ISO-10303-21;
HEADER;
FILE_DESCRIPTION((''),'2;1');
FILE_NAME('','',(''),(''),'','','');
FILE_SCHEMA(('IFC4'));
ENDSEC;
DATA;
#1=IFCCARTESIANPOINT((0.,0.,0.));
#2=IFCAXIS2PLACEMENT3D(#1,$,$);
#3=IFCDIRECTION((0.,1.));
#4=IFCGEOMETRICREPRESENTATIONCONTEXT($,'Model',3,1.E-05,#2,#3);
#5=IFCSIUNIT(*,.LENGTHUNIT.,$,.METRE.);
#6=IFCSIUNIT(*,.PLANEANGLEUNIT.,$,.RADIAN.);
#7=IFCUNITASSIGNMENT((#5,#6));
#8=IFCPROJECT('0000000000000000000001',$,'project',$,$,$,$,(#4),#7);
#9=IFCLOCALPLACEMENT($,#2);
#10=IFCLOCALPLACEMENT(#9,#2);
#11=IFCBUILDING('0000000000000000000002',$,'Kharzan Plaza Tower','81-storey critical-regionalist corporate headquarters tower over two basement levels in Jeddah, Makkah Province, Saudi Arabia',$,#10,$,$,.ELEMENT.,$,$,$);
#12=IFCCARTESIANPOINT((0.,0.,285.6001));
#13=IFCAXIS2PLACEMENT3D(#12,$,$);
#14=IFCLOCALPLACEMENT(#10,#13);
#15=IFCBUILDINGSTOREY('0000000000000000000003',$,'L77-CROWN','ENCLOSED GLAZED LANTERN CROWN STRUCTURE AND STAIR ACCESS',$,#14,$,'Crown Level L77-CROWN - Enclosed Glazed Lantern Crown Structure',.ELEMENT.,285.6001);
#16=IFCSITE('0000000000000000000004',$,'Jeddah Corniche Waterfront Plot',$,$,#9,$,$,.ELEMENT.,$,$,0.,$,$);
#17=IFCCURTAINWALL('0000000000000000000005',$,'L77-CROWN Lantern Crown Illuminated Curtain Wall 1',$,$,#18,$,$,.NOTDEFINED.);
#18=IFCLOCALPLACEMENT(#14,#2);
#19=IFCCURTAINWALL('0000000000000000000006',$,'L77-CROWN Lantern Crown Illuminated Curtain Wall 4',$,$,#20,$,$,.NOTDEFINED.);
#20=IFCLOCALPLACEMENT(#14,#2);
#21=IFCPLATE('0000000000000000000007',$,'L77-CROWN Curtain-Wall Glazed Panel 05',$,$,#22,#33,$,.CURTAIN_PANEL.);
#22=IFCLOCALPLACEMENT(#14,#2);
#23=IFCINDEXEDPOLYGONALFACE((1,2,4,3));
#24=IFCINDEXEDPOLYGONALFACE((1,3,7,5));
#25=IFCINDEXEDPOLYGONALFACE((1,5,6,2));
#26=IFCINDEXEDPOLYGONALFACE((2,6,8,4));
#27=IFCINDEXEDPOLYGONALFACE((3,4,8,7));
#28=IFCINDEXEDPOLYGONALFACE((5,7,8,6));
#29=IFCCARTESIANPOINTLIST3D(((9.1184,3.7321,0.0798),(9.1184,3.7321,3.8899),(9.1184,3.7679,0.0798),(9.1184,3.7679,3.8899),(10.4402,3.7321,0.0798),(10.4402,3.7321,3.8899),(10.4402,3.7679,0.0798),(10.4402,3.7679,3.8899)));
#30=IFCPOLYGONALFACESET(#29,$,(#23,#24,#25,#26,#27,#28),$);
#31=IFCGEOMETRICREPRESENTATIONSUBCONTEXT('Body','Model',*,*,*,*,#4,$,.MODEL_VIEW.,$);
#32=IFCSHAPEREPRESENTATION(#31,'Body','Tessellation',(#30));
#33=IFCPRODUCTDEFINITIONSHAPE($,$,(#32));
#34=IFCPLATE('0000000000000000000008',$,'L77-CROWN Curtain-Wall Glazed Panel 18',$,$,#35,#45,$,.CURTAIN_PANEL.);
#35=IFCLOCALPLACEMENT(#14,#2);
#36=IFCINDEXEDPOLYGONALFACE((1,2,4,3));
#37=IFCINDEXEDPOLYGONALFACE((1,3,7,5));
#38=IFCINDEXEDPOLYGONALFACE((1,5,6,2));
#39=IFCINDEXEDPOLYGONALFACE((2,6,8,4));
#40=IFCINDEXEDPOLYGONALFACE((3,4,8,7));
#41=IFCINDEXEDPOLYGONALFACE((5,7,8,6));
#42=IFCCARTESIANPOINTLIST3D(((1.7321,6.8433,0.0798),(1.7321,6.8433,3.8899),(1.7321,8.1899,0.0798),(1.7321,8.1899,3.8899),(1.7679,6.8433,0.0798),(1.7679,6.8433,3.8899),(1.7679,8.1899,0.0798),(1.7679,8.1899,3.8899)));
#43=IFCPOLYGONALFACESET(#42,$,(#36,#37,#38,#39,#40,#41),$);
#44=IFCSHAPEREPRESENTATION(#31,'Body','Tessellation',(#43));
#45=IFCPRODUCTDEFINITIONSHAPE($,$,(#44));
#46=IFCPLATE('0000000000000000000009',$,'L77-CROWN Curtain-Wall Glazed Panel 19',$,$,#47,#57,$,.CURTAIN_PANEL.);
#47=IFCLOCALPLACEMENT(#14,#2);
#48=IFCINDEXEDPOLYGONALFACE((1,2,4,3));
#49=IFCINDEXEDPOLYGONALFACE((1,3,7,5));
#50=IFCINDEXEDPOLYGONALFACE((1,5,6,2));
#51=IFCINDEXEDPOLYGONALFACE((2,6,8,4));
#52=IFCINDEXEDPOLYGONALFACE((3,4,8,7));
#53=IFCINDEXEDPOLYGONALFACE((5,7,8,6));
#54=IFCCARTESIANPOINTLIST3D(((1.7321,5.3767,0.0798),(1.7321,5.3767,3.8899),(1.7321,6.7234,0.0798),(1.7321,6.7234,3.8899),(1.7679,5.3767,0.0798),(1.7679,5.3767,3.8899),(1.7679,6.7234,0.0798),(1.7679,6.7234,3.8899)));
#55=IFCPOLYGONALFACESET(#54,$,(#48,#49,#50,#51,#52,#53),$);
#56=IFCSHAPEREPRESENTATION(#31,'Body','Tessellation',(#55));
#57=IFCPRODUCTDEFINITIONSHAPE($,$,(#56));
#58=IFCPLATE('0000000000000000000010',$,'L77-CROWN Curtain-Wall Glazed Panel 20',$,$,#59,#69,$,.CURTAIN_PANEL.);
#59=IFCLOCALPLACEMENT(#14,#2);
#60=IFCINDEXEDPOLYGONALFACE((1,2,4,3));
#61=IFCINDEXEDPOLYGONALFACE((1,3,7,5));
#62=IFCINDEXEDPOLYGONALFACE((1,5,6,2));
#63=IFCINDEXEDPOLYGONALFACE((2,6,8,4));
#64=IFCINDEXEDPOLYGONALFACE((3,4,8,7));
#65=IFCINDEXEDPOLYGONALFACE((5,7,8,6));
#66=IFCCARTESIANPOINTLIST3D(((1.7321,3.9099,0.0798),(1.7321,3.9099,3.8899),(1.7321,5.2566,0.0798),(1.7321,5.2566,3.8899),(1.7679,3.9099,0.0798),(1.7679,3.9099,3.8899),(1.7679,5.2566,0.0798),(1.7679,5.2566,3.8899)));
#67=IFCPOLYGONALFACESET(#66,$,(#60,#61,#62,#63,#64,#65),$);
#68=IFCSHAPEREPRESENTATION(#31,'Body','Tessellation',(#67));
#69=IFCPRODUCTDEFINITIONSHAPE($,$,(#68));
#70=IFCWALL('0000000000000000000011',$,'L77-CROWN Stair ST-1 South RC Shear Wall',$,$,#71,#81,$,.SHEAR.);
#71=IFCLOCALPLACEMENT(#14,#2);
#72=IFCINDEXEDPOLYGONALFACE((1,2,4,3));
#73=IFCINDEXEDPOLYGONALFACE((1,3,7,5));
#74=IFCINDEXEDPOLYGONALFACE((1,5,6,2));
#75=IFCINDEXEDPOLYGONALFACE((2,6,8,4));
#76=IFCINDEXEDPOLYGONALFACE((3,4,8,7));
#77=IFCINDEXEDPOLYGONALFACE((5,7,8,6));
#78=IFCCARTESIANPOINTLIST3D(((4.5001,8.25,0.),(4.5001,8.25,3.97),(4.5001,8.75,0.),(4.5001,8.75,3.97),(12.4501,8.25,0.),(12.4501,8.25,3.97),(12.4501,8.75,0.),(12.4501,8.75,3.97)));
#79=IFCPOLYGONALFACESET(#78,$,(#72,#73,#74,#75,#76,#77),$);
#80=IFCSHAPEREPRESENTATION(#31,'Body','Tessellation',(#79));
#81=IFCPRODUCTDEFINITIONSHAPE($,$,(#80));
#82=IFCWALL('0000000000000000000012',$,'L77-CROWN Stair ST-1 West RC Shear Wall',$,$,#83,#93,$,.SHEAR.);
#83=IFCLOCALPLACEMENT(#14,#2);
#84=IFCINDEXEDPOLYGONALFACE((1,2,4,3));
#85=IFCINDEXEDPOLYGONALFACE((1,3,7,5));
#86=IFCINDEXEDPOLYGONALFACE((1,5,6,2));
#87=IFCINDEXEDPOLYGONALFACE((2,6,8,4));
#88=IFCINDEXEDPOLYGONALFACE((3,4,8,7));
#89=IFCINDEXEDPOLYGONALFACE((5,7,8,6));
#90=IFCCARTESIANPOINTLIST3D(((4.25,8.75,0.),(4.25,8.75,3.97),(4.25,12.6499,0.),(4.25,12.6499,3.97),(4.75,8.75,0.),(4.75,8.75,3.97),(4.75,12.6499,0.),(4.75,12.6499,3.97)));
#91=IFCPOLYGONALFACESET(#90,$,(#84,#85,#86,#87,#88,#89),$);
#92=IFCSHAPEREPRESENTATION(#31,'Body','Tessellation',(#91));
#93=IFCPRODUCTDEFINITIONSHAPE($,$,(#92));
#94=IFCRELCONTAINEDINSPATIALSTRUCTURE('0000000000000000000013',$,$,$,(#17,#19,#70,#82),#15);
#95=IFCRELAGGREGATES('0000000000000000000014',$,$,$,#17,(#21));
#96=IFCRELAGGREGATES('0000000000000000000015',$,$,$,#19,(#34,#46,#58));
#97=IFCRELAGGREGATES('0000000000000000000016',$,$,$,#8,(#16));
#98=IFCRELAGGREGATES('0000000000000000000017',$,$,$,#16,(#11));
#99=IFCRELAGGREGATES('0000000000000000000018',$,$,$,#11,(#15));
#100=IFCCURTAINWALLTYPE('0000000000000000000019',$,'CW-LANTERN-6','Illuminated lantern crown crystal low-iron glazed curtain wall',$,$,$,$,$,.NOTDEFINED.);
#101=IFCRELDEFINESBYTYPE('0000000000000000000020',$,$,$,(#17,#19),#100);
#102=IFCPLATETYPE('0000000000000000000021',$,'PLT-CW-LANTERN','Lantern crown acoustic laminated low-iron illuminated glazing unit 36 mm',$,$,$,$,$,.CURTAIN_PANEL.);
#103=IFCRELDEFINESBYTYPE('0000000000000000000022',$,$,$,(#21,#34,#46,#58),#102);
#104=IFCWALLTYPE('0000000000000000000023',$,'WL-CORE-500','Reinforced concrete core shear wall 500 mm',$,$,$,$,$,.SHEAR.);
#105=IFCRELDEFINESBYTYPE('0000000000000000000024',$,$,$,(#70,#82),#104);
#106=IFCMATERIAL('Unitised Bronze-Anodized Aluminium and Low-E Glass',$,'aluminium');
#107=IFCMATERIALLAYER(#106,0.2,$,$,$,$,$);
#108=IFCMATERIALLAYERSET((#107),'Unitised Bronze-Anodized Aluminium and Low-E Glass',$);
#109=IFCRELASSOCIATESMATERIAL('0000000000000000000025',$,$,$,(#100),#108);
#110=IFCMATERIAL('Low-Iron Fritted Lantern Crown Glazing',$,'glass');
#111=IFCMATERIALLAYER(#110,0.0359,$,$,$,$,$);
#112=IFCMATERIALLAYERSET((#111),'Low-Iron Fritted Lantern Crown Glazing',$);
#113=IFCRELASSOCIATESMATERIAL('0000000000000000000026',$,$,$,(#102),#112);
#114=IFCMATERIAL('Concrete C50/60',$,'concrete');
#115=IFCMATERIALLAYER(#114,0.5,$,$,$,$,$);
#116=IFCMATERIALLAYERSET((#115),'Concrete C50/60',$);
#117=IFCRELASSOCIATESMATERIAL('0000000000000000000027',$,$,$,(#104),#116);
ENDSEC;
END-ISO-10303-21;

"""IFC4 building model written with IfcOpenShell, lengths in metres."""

from ifc_helpers import new_model, si_unit, direction, frame, frame_2d, origin, origin_2d, place, context, subcontext, project, spatial, rectangle, extrude, source, transform, mapped, material, layer, layer_set, type_object, element, aggregate, save


model = new_model("IFC4")

# Units and contexts
model_context = context("Model", 3, precision=1e-05, world=origin(), true_north=direction((0.0, 1.0)))
body_context = subcontext(model_context, "Body", "Model", "MODEL_VIEW")
ifc_project = project(units=[si_unit("LENGTHUNIT", "METRE"), si_unit("PLANEANGLEUNIT", "RADIAN")], contexts=[model_context])

# Site, building, storey
site_placement = place(None, origin())
site = spatial("IfcSite", under=ifc_project, at=site_placement, Name="Jeddah Corniche Waterfront Plot", CompositionType="ELEMENT", RefElevation=0.0)
building_placement = place(site_placement, origin())
building = spatial("IfcBuilding", under=site, at=building_placement, Name="Kharzan Plaza Tower", Description="81-storey critical-regionalist corporate headquarters tower over two basement levels in Jeddah, Makkah Province, Saudi Arabia", CompositionType="ELEMENT")
storey_placement = place(building_placement, frame((0.0, 0.0, 285.6001)))
storey = spatial("IfcBuildingStorey", under=building, at=storey_placement, Name="L77-CROWN", Description="ENCLOSED GLAZED LANTERN CROWN STRUCTURE AND STAIR ACCESS", LongName="Crown Level L77-CROWN - Enclosed Glazed Lantern Crown Structure", CompositionType="ELEMENT", Elevation=285.6001)

# Curtain walls
ifc_material_1 = material(Name="Unitised Bronze-Anodized Aluminium and Low-E Glass", Category="aluminium")
ifc_layer_1 = layer(ifc_material_1, 0.2)
ifc_layer_set_1 = layer_set([ifc_layer_1], Name="Unitised Bronze-Anodized Aluminium and Low-E Glass")
curtain_wall_type = type_object("IfcCurtainWallType", Name="CW-LANTERN-6", Description="Illuminated lantern crown crystal low-iron glazed curtain wall", PredefinedType="NOTDEFINED", material=ifc_layer_set_1)
curtain_wall_1_placement = place(storey_placement, origin())
curtain_wall_1 = element("IfcCurtainWall", 1, at=curtain_wall_1_placement, inside=storey, type_object=curtain_wall_type, Name="L77-CROWN Lantern Crown Illuminated Curtain Wall 1", PredefinedType="NOTDEFINED")
curtain_wall_2_placement = place(storey_placement, origin())
curtain_wall_2 = element("IfcCurtainWall", 2, at=curtain_wall_2_placement, inside=storey, type_object=curtain_wall_type, Name="L77-CROWN Lantern Crown Illuminated Curtain Wall 4", PredefinedType="NOTDEFINED")

# Plates
ifc_material_2 = material(Name="Low-Iron Fritted Lantern Crown Glazing", Category="glass")
ifc_layer_2 = layer(ifc_material_2, 0.0359)
ifc_layer_set_2 = layer_set([ifc_layer_2], Name="Low-Iron Fritted Lantern Crown Glazing")
plate_type = type_object("IfcPlateType", Name="PLT-CW-LANTERN", Description="Lantern crown acoustic laminated low-iron illuminated glazing unit 36 mm", PredefinedType="CURTAIN_PANEL", material=ifc_layer_set_2)
shared_shape_1 = source(origin(), body_context, "Body", "SweptSolid", [
    extrude(rectangle(XDim=1.3218, YDim=0.0359, at=origin_2d()), origin(), (0.0, 0.0, 1.0), 3.8101),
])
plate_1_placement = place(storey_placement, frame((9.7793, 3.75, 0.0798), z_axis=(0.0, 0.0, 1.0), x_axis=(1.0, 0.0, 0.0)))
plate_1 = element("IfcPlate", 3, at=plate_1_placement, type_object=plate_type, Name="L77-CROWN Curtain-Wall Glazed Panel 05", PredefinedType="CURTAIN_PANEL", context=body_context, shape_type="MappedRepresentation", body=[
    mapped(shared_shape_1, transform((0.0, 0.0, 0.0), x_axis=(1.0, 0.0, 0.0), y_axis=(0.0, 1.0, 0.0), z_axis=(0.0, 0.0, 1.0))),
])
aggregate(curtain_wall_1, [plate_1])
shared_shape_2 = source(origin(), body_context, "Body", "SweptSolid", [
    extrude(rectangle(XDim=1.3467, YDim=0.0359, at=origin_2d()), origin(), (0.0, 0.0, 1.0), 3.8101),
])
plate_2_placement = place(storey_placement, frame((1.75, 7.5166, 0.0798), z_axis=(0.0, 0.0, 1.0), x_axis=(0.0, -1.0, 0.0)))
plate_2 = element("IfcPlate", 4, at=plate_2_placement, type_object=plate_type, Name="L77-CROWN Curtain-Wall Glazed Panel 18", PredefinedType="CURTAIN_PANEL", context=body_context, shape_type="MappedRepresentation", body=[
    mapped(shared_shape_2, transform((0.0, 0.0, 0.0), x_axis=(1.0, 0.0, 0.0), y_axis=(0.0, 1.0, 0.0), z_axis=(0.0, 0.0, 1.0))),
])
plate_3_placement = place(storey_placement, frame((1.75, 6.05, 0.0798), z_axis=(0.0, 0.0, 1.0), x_axis=(0.0, -1.0, 0.0)))
plate_3 = element("IfcPlate", 5, at=plate_3_placement, type_object=plate_type, Name="L77-CROWN Curtain-Wall Glazed Panel 19", PredefinedType="CURTAIN_PANEL", context=body_context, shape_type="MappedRepresentation", body=[
    mapped(shared_shape_2, transform((0.0, 0.0, 0.0), x_axis=(1.0, 0.0, 0.0), y_axis=(0.0, 1.0, 0.0), z_axis=(0.0, 0.0, 1.0))),
])
plate_4_placement = place(storey_placement, frame((1.75, 4.5833, 0.0798), z_axis=(0.0, 0.0, 1.0), x_axis=(0.0, -1.0, 0.0)))
plate_4 = element("IfcPlate", 6, at=plate_4_placement, type_object=plate_type, Name="L77-CROWN Curtain-Wall Glazed Panel 20", PredefinedType="CURTAIN_PANEL", context=body_context, shape_type="MappedRepresentation", body=[
    mapped(shared_shape_2, transform((0.0, 0.0, 0.0), x_axis=(1.0, 0.0, 0.0), y_axis=(0.0, 1.0, 0.0), z_axis=(0.0, 0.0, 1.0))),
])
aggregate(curtain_wall_2, [plate_2, plate_3, plate_4])

# Walls
ifc_material_3 = material(Name="Concrete C50/60", Category="concrete")
ifc_layer_3 = layer(ifc_material_3, 0.5)
ifc_layer_set_3 = layer_set([ifc_layer_3], Name="Concrete C50/60")
wall_type = type_object("IfcWallType", Name="WL-CORE-500", Description="Reinforced concrete core shear wall 500 mm", PredefinedType="SHEAR", material=ifc_layer_set_3)
shared_shape_3 = source(origin(), body_context, "Body", "SweptSolid", [
    extrude(rectangle(XDim=7.95, YDim=0.5, at=frame_2d((3.9751, 0.0))), origin(), (0.0, 0.0, 1.0), 3.97),
])
wall_1_placement = place(storey_placement, frame((4.5, 8.5, 0.0), z_axis=(0.0, 0.0, 1.0), x_axis=(1.0, 0.0, 0.0)))
element("IfcWall", 7, at=wall_1_placement, inside=storey, type_object=wall_type, Name="L77-CROWN Stair ST-1 South RC Shear Wall", PredefinedType="SHEAR", context=body_context, shape_type="MappedRepresentation", body=[
    mapped(shared_shape_3, transform((0.0, 0.0, 0.0), x_axis=(1.0, 0.0, 0.0), y_axis=(0.0, 1.0, 0.0), z_axis=(0.0, 0.0, 1.0))),
])
shared_shape_4 = source(origin(), body_context, "Body", "SweptSolid", [
    extrude(rectangle(XDim=3.8999, YDim=0.5, at=frame_2d((1.95, 0.0))), origin(), (0.0, 0.0, 1.0), 3.97),
])
wall_2_placement = place(storey_placement, frame((4.5, 8.75, 0.0), z_axis=(0.0, 0.0, 1.0), x_axis=(0.0, 1.0, 0.0)))
element("IfcWall", 8, at=wall_2_placement, inside=storey, type_object=wall_type, Name="L77-CROWN Stair ST-1 West RC Shear Wall", PredefinedType="SHEAR", context=body_context, shape_type="MappedRepresentation", body=[
    mapped(shared_shape_4, transform((0.0, 0.0, 0.0), x_axis=(1.0, 0.0, 0.0), y_axis=(0.0, 1.0, 0.0), z_axis=(0.0, 0.0, 1.0))),
])

save(model, "model.ifc")
